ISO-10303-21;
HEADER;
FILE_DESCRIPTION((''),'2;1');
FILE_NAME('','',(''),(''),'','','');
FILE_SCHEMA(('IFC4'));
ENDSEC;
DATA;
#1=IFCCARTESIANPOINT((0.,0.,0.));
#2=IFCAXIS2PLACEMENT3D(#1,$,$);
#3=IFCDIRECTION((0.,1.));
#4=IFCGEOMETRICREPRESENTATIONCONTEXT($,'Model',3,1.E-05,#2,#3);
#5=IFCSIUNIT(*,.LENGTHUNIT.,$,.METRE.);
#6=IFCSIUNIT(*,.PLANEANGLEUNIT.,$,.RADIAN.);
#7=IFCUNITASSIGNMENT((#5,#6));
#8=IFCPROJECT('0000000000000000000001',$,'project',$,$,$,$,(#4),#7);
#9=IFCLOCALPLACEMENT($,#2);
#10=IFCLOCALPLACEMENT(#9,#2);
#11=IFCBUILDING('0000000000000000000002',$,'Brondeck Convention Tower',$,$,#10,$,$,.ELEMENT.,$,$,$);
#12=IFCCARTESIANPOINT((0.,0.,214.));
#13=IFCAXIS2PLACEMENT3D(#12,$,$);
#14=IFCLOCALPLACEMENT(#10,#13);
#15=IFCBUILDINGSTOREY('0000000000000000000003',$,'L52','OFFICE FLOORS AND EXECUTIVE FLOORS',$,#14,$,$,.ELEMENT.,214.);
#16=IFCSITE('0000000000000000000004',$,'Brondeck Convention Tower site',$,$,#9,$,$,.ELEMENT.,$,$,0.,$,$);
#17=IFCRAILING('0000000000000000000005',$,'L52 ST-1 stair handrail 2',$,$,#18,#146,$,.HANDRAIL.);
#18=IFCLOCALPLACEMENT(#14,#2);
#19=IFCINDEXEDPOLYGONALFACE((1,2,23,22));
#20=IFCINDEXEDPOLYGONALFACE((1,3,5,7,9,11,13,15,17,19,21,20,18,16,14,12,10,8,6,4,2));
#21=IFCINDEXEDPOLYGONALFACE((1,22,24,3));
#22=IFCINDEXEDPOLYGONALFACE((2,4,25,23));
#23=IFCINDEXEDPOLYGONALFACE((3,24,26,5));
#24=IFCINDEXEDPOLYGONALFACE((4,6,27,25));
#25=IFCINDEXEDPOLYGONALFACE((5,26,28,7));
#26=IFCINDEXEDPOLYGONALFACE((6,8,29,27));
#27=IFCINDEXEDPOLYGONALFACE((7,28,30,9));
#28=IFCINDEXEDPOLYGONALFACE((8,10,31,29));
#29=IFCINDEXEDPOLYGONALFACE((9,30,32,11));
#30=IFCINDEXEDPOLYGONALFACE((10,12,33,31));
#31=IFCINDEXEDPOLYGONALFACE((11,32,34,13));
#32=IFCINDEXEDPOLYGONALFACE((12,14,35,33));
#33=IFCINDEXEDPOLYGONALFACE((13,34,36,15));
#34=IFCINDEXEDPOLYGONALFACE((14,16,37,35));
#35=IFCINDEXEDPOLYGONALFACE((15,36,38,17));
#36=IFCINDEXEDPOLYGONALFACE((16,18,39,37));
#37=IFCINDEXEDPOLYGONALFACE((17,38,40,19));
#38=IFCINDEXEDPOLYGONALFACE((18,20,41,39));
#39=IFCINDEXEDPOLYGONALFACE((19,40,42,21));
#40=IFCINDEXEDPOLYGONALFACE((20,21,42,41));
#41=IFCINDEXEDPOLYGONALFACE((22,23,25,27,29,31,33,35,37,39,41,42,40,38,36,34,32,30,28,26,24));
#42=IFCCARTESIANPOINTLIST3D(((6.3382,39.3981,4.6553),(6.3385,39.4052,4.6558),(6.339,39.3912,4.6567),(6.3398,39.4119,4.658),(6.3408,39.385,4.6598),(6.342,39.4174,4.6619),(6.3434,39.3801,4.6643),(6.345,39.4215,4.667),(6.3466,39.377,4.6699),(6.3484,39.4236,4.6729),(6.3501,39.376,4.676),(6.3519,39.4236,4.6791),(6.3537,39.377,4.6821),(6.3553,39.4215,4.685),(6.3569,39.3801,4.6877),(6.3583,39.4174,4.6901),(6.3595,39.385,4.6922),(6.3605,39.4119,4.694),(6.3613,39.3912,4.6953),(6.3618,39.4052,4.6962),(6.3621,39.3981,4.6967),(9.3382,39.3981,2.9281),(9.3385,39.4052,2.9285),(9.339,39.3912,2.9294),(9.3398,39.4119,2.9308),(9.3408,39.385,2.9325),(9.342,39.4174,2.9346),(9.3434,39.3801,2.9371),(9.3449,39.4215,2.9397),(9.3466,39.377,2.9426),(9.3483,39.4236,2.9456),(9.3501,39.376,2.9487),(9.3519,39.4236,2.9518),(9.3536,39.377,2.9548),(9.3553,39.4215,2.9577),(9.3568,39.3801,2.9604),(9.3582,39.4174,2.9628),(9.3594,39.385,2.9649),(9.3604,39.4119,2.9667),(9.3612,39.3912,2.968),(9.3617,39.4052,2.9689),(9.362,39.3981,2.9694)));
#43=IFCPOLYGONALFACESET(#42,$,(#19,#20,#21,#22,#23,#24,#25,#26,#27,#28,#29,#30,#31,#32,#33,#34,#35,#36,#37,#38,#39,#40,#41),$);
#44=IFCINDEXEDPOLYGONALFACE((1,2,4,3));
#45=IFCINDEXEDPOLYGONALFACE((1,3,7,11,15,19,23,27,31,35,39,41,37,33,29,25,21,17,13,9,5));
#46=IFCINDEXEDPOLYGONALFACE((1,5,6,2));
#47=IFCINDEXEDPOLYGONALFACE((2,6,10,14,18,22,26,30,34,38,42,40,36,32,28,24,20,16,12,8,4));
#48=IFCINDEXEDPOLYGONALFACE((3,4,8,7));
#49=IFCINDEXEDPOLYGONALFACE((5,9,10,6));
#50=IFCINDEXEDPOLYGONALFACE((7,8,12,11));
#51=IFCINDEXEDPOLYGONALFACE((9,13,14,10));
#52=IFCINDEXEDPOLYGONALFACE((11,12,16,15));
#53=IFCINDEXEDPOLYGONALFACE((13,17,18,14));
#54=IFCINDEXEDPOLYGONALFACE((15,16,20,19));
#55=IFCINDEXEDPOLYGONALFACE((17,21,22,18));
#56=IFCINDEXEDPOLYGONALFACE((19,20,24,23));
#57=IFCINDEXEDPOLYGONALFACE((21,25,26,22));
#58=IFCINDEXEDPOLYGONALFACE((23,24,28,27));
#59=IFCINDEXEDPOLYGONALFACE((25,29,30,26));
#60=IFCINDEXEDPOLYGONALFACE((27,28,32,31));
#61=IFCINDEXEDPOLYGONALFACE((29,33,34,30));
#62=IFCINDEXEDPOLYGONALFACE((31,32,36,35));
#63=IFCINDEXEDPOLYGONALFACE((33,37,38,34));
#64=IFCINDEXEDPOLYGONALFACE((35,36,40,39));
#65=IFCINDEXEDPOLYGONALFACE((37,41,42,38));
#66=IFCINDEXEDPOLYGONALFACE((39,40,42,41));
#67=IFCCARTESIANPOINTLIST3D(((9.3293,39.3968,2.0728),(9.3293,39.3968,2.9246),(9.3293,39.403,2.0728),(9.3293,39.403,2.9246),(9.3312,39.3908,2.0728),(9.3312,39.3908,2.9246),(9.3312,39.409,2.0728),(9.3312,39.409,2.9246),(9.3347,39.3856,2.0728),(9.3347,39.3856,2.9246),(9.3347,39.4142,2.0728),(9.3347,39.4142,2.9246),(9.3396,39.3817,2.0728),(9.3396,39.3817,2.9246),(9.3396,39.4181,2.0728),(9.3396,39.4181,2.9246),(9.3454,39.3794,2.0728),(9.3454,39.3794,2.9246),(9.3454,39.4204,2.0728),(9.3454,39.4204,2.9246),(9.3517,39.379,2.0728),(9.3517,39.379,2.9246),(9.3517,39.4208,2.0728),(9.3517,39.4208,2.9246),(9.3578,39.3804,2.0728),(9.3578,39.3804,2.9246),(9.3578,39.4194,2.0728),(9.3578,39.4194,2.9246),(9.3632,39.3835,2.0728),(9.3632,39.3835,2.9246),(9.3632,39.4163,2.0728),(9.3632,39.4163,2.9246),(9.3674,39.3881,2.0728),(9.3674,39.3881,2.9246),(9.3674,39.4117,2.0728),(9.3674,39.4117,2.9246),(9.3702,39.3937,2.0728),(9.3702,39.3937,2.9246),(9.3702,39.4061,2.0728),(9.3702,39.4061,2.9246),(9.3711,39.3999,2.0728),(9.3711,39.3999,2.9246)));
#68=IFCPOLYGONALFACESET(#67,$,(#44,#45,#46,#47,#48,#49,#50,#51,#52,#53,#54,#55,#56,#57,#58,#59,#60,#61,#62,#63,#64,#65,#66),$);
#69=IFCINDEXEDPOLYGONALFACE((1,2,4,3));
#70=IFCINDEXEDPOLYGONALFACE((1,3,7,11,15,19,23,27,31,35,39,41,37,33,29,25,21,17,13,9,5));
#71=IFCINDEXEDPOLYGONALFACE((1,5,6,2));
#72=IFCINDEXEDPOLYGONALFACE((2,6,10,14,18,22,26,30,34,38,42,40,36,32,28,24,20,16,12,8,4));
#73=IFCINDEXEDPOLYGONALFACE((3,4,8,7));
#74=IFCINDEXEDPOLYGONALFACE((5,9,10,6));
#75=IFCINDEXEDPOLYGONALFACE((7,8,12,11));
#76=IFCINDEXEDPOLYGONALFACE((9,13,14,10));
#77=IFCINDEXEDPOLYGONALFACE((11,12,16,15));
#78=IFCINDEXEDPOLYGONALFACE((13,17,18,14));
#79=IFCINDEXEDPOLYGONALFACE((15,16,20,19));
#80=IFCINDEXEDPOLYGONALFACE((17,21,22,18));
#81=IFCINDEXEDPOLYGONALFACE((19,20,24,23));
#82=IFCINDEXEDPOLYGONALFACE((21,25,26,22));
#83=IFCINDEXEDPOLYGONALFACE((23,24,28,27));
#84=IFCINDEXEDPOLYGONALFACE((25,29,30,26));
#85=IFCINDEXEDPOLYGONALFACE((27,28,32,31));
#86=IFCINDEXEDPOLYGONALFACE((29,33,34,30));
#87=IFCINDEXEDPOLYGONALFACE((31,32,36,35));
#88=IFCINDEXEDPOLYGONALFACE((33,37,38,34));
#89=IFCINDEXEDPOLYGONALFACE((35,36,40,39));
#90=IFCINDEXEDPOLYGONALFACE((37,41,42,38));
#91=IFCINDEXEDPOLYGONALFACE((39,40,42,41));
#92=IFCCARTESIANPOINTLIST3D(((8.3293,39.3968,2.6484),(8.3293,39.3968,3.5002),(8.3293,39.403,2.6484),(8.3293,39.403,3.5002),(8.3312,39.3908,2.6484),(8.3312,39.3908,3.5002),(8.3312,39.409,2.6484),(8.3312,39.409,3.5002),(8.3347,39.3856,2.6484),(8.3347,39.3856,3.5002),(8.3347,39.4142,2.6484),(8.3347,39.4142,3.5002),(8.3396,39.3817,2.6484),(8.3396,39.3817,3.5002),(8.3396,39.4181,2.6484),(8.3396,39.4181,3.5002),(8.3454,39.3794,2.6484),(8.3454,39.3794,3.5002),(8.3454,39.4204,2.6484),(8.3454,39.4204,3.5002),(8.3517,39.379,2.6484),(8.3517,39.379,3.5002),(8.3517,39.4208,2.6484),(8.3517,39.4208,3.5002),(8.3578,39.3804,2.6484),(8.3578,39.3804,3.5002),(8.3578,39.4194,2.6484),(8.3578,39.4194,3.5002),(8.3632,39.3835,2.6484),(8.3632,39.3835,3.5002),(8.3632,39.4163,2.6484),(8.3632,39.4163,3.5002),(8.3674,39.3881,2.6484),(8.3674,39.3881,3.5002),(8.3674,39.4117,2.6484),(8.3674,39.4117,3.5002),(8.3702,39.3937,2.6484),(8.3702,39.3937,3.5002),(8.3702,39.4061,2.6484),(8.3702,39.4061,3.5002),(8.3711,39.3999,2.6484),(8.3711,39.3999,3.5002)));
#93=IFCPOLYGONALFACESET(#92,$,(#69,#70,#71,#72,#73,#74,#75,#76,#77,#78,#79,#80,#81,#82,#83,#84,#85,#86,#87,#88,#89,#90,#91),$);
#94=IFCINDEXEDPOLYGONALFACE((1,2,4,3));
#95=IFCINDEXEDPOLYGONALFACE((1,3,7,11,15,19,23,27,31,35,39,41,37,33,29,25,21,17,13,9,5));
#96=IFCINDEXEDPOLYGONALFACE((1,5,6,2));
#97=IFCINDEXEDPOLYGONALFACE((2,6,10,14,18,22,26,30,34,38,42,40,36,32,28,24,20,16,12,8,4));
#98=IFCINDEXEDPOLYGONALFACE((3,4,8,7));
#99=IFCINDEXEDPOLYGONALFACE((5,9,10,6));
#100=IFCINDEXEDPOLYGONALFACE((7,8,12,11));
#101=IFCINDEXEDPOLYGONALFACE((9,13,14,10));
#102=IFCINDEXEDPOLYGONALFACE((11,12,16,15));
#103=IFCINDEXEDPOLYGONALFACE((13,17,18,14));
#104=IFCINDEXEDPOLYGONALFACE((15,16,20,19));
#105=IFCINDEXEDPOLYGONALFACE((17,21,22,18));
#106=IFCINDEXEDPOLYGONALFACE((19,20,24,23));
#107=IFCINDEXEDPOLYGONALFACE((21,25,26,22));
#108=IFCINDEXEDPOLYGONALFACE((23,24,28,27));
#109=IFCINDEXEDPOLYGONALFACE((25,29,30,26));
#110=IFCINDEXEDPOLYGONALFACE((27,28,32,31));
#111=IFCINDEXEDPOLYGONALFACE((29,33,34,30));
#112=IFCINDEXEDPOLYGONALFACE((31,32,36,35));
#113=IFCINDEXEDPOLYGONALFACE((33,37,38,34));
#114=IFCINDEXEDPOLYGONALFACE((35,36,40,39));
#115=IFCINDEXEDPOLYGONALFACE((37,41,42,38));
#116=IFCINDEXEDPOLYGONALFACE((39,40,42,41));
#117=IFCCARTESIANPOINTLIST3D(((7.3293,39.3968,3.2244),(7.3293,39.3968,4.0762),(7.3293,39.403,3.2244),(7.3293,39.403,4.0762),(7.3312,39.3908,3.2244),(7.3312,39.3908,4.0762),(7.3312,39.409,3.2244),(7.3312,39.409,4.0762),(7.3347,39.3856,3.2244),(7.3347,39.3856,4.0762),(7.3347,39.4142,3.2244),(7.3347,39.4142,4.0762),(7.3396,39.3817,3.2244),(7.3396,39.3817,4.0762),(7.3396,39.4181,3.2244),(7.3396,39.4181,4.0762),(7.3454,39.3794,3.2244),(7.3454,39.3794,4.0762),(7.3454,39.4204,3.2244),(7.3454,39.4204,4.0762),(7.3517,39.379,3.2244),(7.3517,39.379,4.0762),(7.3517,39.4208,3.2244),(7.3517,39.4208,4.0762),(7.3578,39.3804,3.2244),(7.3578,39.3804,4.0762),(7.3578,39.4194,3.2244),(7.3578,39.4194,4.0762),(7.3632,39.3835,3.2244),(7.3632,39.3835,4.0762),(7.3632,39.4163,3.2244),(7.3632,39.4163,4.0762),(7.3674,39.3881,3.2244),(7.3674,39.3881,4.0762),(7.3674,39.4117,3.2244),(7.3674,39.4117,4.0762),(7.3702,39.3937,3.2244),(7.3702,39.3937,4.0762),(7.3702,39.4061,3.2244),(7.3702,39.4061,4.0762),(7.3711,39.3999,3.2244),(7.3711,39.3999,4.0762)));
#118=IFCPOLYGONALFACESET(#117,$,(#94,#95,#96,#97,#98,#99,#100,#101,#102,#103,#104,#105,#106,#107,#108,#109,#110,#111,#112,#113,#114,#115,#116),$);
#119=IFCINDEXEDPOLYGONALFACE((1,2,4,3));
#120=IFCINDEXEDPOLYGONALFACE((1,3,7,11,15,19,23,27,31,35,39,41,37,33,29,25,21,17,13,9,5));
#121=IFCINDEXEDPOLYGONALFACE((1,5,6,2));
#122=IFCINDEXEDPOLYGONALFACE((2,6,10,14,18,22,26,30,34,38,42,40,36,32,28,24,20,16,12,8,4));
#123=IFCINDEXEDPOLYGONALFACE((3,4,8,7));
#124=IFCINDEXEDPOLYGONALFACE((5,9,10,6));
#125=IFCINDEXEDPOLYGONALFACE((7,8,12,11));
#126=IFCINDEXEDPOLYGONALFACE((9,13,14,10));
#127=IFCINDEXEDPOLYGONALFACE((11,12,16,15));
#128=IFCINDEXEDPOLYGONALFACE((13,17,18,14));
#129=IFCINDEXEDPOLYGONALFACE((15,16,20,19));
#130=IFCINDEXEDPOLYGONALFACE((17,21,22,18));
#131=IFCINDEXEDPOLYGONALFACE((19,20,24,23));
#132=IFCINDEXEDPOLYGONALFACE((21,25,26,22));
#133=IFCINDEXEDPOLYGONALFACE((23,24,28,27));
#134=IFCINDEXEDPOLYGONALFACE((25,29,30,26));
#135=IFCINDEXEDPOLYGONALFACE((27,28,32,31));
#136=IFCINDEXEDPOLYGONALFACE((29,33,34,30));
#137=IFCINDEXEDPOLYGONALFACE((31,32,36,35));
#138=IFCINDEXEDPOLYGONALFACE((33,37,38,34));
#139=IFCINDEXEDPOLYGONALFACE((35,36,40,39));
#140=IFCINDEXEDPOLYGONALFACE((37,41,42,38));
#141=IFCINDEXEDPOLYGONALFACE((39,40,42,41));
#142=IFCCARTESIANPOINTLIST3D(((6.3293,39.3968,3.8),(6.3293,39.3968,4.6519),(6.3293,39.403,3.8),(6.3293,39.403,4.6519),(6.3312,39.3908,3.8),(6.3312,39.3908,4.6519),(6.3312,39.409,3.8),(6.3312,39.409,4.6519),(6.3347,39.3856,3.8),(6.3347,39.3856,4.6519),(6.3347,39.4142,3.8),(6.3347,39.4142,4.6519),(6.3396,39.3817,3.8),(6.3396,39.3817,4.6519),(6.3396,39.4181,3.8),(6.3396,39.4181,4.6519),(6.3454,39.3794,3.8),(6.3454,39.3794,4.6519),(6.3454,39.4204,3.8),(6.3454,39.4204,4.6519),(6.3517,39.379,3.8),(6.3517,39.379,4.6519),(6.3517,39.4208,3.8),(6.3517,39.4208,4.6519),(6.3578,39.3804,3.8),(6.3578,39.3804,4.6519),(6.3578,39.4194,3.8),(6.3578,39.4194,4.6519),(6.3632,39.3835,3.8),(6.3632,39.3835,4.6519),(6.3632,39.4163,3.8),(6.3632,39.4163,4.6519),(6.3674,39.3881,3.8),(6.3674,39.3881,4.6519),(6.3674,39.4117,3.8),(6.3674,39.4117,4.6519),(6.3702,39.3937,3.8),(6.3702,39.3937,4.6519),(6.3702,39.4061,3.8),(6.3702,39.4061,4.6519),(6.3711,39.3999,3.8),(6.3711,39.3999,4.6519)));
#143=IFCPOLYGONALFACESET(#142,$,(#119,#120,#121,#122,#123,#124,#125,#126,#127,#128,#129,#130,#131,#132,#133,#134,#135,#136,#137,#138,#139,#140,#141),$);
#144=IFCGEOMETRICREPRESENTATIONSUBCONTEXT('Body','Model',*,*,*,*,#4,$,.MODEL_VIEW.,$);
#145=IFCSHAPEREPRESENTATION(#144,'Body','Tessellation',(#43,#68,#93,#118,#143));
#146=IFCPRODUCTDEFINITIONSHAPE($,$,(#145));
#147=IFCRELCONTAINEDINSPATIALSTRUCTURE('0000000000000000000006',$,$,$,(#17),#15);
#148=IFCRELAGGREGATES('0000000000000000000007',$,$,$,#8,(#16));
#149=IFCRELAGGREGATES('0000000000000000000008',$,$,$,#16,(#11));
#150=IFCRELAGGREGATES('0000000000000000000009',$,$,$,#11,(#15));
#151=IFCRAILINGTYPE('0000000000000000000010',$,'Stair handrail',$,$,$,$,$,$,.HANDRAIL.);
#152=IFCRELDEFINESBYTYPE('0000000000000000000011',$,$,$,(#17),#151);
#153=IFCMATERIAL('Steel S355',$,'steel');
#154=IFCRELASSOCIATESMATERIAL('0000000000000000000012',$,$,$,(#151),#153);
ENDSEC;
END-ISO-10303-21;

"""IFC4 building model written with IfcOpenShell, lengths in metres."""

from ifc_helpers import new_model, si_unit, direction, frame, origin, origin_2d, place, context, subcontext, project, spatial, circle, extrude, material, type_object, element, save


model = new_model("IFC4")

# Units and contexts
model_context = context("Model", 3, precision=1e-05, world=origin(), true_north=direction((0.0, 1.0)))
body_context = subcontext(model_context, "Body", "Model", "MODEL_VIEW")
ifc_project = project(units=[si_unit("LENGTHUNIT", "METRE"), si_unit("PLANEANGLEUNIT", "RADIAN")], contexts=[model_context])

# Site, building, storey
site_placement = place(None, origin())
site = spatial("IfcSite", under=ifc_project, at=site_placement, Name="Brondeck Convention Tower site", CompositionType="ELEMENT", RefElevation=0.0)
building_placement = place(site_placement, origin())
building = spatial("IfcBuilding", under=site, at=building_placement, Name="Brondeck Convention Tower", CompositionType="ELEMENT")
storey_placement = place(building_placement, frame((0.0, 0.0, 214.0)))
storey = spatial("IfcBuildingStorey", under=building, at=storey_placement, Name="L52", Description="OFFICE FLOORS AND EXECUTIVE FLOORS", CompositionType="ELEMENT", Elevation=214.0)

# Shared definitions
ifc_material_1 = material(Name="Steel S355", Category="steel")

# Railing
railing_type_1 = type_object("IfcRailingType", Name="Stair handrail", PredefinedType="HANDRAIL", material=ifc_material_1)
railing_1_placement = place(storey_placement, frame((9.3501, 39.3999, 2.0728)))
element("IfcRailing", 1, at=railing_1_placement, inside=storey, type_object=railing_type_1, Name="L52 ST-1 stair handrail 2", PredefinedType="HANDRAIL", context=body_context, shape_type="SweptSolid", body=[
    extrude(circle(Radius=0.0239, at=origin_2d()), frame((0.0, 0.0, 0.876), z_axis=(-0.86662, 0.0, 0.498969), x_axis=(0.0, -1.0, 0.0)), (0.0, 0.0, 1.0), 3.4617),
    extrude(circle(Radius=0.021, at=origin_2d()), origin(), (0.0, 0.0, 1.0), 0.8518),
    extrude(circle(Radius=0.021, at=origin_2d()), frame((-1.0, 0.0, 0.5757)), (0.0, 0.0, 1.0), 0.8518),
    extrude(circle(Radius=0.021, at=origin_2d()), frame((-2.0, 0.0, 1.1516)), (0.0, 0.0, 1.0), 0.8518),
    extrude(circle(Radius=0.021, at=origin_2d()), frame((-3.0, 0.0, 1.7273)), (0.0, 0.0, 1.0), 0.8518),
])

save(model, "model.ifc")
